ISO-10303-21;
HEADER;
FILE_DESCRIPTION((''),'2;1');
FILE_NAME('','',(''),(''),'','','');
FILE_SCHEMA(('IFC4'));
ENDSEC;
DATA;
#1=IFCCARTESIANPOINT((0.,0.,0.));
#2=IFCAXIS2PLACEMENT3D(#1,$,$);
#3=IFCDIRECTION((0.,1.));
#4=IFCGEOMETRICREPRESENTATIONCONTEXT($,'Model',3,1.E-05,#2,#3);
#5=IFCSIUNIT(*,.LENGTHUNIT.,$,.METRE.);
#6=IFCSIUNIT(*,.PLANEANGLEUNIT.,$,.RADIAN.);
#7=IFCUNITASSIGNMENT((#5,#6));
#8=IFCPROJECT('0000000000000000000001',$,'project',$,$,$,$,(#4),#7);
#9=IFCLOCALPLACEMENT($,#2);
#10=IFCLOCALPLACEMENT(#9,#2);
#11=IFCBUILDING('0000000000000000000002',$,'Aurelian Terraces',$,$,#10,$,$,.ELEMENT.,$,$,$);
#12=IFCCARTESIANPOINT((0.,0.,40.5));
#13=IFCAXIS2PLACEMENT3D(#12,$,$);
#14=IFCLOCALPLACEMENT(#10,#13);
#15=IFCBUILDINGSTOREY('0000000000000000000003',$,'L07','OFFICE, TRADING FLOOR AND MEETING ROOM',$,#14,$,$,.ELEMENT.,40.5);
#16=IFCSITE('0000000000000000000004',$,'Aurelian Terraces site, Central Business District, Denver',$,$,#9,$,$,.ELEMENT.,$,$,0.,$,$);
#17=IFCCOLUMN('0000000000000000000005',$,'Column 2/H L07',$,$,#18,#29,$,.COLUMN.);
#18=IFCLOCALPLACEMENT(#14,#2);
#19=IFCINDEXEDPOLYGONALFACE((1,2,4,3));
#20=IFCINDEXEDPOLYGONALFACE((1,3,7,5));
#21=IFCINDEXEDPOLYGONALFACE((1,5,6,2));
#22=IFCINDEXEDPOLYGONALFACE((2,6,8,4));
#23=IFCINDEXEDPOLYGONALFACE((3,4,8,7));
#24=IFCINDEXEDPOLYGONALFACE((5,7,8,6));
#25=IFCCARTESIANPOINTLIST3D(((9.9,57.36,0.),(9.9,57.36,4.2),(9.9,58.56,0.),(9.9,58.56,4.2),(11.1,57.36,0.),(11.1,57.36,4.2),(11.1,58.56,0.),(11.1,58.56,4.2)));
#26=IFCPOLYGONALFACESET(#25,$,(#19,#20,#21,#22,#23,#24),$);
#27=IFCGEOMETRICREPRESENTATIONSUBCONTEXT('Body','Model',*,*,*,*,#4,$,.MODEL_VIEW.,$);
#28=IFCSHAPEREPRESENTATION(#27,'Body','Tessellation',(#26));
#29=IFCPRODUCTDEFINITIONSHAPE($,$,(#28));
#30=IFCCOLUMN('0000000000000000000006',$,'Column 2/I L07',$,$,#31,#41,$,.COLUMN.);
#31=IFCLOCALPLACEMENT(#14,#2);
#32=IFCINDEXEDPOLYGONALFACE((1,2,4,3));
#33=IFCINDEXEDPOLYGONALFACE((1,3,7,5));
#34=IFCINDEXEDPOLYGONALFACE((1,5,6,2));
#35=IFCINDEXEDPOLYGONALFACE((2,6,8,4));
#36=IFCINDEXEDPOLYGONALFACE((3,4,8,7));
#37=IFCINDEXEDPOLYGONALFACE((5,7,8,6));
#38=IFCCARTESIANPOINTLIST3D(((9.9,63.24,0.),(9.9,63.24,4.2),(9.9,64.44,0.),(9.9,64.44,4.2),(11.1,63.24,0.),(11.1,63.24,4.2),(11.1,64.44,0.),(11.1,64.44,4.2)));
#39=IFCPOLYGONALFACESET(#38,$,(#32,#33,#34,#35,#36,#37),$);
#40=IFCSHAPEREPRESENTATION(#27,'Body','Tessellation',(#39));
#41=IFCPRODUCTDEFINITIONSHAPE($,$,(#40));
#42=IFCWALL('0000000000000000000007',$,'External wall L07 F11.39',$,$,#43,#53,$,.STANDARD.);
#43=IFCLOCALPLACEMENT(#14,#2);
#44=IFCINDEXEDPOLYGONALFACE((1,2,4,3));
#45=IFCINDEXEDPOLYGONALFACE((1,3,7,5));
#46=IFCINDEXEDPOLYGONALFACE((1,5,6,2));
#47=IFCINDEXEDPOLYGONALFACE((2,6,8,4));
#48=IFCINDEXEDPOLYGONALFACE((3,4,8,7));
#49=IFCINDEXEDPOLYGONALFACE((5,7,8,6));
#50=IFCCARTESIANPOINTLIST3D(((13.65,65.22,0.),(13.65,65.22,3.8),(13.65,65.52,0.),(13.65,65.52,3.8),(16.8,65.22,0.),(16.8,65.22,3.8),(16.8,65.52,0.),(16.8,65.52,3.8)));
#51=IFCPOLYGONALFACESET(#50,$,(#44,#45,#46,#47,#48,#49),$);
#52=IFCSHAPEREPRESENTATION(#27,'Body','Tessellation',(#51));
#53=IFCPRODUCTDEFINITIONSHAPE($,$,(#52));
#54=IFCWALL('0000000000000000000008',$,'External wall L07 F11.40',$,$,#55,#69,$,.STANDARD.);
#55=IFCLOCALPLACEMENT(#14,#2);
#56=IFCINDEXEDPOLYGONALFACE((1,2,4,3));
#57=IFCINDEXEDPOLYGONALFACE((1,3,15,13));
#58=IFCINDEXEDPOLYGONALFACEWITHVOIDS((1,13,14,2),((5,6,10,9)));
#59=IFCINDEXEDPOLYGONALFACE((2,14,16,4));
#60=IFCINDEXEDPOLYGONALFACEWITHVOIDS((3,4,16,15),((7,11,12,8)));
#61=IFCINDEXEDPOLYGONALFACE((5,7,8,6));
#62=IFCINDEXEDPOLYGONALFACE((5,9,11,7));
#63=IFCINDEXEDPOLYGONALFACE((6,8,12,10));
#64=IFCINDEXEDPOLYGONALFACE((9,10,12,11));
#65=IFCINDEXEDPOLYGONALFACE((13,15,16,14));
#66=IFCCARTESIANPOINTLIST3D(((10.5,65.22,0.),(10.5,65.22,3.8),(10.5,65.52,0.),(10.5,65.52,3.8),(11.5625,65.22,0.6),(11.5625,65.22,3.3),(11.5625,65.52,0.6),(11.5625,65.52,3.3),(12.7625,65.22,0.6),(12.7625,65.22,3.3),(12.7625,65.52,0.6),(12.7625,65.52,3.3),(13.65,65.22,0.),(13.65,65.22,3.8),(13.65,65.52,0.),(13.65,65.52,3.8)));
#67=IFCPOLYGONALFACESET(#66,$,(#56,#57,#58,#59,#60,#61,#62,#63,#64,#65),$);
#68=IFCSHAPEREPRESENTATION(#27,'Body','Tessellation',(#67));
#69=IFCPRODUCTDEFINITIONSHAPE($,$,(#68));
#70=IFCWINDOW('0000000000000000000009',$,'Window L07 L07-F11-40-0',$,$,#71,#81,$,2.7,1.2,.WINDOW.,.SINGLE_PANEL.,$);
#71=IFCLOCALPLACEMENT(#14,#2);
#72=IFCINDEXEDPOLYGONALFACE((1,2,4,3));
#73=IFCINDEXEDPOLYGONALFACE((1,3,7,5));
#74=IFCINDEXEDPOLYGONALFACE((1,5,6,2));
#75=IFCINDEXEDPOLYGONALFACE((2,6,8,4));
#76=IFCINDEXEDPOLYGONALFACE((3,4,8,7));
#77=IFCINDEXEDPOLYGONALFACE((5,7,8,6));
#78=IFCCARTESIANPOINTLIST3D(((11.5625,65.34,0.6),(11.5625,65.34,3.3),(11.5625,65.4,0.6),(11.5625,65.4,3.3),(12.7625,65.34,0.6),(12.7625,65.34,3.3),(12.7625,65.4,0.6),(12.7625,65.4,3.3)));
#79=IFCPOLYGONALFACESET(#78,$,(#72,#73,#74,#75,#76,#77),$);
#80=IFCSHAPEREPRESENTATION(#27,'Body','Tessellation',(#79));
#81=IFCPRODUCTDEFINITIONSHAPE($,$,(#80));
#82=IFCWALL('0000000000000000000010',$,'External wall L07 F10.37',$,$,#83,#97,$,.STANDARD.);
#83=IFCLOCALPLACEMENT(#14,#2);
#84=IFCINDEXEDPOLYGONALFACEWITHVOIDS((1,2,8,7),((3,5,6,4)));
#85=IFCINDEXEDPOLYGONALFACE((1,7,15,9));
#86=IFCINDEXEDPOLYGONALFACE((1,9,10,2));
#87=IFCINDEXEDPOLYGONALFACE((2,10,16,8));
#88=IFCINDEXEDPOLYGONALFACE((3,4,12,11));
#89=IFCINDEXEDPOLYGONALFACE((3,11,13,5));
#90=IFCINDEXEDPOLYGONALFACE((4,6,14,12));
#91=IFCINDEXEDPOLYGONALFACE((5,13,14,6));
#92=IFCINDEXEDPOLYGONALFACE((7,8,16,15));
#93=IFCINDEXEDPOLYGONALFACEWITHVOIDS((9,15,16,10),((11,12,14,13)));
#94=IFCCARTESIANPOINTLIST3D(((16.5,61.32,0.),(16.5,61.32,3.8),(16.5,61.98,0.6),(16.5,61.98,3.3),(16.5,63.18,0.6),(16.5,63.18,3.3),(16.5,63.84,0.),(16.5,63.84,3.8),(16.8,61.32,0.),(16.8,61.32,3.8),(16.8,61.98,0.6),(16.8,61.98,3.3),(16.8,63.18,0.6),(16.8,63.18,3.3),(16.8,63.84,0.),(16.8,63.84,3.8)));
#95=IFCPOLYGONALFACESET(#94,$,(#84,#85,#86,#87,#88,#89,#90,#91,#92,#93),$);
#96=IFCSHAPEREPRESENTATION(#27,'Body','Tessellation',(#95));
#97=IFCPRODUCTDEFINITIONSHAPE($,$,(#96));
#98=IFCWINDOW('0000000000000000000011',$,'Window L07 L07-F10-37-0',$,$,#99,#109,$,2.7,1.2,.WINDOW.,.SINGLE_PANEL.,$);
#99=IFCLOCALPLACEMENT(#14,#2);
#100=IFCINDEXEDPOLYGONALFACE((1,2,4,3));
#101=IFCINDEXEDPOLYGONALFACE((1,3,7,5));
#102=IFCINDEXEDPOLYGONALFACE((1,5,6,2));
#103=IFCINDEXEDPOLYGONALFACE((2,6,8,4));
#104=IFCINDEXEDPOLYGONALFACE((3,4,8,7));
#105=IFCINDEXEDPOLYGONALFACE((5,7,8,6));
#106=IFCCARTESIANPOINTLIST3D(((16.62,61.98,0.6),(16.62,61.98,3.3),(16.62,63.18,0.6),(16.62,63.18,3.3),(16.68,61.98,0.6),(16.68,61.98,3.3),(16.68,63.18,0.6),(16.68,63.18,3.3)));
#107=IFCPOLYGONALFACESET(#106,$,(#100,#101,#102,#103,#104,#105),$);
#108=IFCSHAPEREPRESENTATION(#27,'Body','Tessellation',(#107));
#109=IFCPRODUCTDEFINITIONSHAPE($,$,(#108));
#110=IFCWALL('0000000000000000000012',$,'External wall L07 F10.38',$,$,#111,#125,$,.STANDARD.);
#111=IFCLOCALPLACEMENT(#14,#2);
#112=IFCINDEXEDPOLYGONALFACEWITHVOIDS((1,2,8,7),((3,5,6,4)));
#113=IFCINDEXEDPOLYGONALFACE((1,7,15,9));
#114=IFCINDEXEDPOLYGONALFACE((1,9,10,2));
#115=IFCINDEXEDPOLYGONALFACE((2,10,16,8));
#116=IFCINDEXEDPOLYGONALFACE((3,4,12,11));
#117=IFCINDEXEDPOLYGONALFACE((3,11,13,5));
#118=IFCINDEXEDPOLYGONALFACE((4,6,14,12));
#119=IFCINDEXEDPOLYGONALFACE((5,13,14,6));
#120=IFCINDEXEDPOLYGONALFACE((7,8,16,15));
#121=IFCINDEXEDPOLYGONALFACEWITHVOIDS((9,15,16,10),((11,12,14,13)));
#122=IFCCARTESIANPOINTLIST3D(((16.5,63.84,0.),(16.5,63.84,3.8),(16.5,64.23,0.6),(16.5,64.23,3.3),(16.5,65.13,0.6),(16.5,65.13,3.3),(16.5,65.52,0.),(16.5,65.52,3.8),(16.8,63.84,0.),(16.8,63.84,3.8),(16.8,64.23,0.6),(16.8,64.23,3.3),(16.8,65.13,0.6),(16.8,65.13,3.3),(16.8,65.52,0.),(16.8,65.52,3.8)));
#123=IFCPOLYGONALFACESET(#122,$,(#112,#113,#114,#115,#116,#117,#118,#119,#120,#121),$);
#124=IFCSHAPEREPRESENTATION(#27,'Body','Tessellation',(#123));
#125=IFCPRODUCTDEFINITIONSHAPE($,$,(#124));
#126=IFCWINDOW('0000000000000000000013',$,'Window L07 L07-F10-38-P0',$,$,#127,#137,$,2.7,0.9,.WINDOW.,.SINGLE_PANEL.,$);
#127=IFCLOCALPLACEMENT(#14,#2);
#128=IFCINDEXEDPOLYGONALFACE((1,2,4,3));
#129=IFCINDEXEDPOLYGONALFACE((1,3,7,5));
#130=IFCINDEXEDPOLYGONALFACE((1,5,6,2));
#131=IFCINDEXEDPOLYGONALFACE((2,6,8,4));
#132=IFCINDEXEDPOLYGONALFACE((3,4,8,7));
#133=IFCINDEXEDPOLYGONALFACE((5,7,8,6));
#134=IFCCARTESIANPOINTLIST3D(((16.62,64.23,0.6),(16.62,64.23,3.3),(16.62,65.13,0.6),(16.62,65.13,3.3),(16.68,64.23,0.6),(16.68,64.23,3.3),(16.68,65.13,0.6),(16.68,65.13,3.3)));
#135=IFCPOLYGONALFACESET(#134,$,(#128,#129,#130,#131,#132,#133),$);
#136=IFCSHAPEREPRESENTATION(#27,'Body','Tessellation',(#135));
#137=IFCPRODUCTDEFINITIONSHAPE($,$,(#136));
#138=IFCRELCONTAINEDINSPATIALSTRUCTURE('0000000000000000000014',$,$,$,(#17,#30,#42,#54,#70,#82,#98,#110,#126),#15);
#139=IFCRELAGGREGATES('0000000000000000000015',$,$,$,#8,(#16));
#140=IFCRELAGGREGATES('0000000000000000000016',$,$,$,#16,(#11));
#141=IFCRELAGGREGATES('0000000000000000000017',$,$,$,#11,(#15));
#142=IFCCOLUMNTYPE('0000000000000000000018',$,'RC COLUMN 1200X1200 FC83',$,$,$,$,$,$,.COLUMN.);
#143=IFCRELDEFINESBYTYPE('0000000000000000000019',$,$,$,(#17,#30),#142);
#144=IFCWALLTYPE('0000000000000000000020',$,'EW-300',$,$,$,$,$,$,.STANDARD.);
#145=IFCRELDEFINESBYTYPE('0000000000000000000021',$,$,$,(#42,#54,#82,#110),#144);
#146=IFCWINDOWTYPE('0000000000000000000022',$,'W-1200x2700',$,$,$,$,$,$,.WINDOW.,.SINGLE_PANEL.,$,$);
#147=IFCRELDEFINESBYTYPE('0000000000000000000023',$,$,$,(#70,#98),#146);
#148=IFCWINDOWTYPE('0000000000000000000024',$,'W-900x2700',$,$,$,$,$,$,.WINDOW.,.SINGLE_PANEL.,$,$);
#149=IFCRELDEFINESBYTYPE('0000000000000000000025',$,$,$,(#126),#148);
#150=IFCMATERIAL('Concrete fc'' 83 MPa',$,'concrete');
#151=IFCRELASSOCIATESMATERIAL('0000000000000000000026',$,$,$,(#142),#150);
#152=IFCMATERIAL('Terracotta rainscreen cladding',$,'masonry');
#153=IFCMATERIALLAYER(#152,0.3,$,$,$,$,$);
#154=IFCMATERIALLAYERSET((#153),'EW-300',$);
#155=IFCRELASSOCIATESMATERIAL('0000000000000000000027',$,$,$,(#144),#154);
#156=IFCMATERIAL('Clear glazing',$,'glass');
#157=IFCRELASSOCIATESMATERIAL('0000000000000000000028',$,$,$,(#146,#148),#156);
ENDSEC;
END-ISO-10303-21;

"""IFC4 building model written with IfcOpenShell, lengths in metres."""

from ifc_helpers import new_model, si_unit, direction, frame, frame_2d, origin, origin_2d, place, context, subcontext, project, spatial, rectangle, extrude, source, transform, mapped, material, layer, layer_set, material_profile, profile_set, type_object, element, fill, save


model = new_model("IFC4")

# Units and contexts
model_context = context("Model", 3, precision=1e-05, world=origin(), true_north=direction((0.0, 1.0)))
body_context = subcontext(model_context, "Body", "Model", "MODEL_VIEW")
ifc_project = project(units=[si_unit("LENGTHUNIT", "METRE"), si_unit("PLANEANGLEUNIT", "RADIAN")], contexts=[model_context])

# Site, building, storey
site_placement = place(None, origin())
site = spatial("IfcSite", under=ifc_project, at=site_placement, Name="Aurelian Terraces site, Central Business District, Denver", CompositionType="ELEMENT", RefElevation=0.0)
building_placement = place(site_placement, origin())
building = spatial("IfcBuilding", under=site, at=building_placement, Name="Aurelian Terraces", CompositionType="ELEMENT")
storey_placement = place(building_placement, frame((0.0, 0.0, 40.5)))
storey = spatial("IfcBuildingStorey", under=building, at=storey_placement, Name="L07", Description="OFFICE, TRADING FLOOR AND MEETING ROOM", CompositionType="ELEMENT", Elevation=40.5)

# Columns
ifc_material_1 = material(Name="Concrete fc' 83 MPa", Category="concrete")
ifc_material_profile = material_profile(ifc_material_1, rectangle(XDim=1.2, YDim=1.2, at=origin_2d()))
ifc_profile_set = profile_set([ifc_material_profile], Name="Concrete fc' 83 MPa")
column_type = type_object("IfcColumnType", Name="RC COLUMN 1200X1200 FC83", PredefinedType="COLUMN", material=ifc_profile_set)
shared_shape_1 = source(origin(), body_context, "Body", "SweptSolid", [
    extrude(rectangle(XDim=1.2, YDim=1.2, at=origin_2d()), origin(), (0.0, 0.0, 1.0), 4.2),
])
for number, where, z_axis, x_axis, name in (
    (1, (10.5, 57.96, 0.0), (0.0, 0.0, 1.0), (1.0, 0.0, 0.0), "Column 2/H L07"),
    (2, (10.5, 63.84, 0.0), (0.0, 0.0, 1.0), (1.0, 0.0, 0.0), "Column 2/I L07"),
):
    element("IfcColumn", number, at=place(storey_placement, frame(where, z_axis=z_axis, x_axis=x_axis)), inside=storey, type_object=column_type, Name=name, PredefinedType="COLUMN", context=body_context, shape_type="MappedRepresentation", body=[
        mapped(shared_shape_1, transform((0.0, 0.0, 0.0), scale=1.0)),
    ])

# Wall
ifc_material_2 = material(Name="Terracotta rainscreen cladding", Category="masonry")
ifc_layer_1 = layer(ifc_material_2, 0.3)
ifc_layer_set_1 = layer_set([ifc_layer_1], Name="EW-300")
wall_type_1 = type_object("IfcWallType", Name="EW-300", PredefinedType="STANDARD", material=ifc_layer_set_1)
shared_shape_2 = source(origin(), body_context, "Body", "SweptSolid", [
    extrude(rectangle(XDim=3.15, YDim=0.3, at=frame_2d((1.575, 0.0))), origin(), (0.0, 0.0, 1.0), 3.8),
])
wall_1_placement = place(storey_placement, frame((16.8, 65.37, 0.0), z_axis=(0.0, 0.0, 1.0), x_axis=(-1.0, 0.0, 0.0)))
element("IfcWall", 3, at=wall_1_placement, inside=storey, type_object=wall_type_1, Name="External wall L07 F11.39", PredefinedType="STANDARD", context=body_context, shape_type="MappedRepresentation", body=[
    mapped(shared_shape_2, transform((0.0, 0.0, 0.0), scale=1.0)),
])

# Walls, openings, windows
wall_2_placement = place(storey_placement, frame((13.65, 65.37, 0.0), z_axis=(0.0, 0.0, 1.0), x_axis=(-1.0, 0.0, 0.0)))
wall_2 = element("IfcWall", 4, at=wall_2_placement, inside=storey, type_object=wall_type_1, Name="External wall L07 F11.40", PredefinedType="STANDARD", context=body_context, shape_type="MappedRepresentation", body=[
    mapped(shared_shape_2, transform((0.0, 0.0, 0.0), scale=1.0)),
])
shared_shape_3 = source(origin(), body_context, "Body", "SweptSolid", [
    extrude(rectangle(XDim=1.2, YDim=2.7, at=frame_2d((0.6, 1.35))), frame((0.0, 0.16, 0.0), z_axis=(0.0, -1.0, 0.0), x_axis=(1.0, 0.0, 0.0)), (0.0, 0.0, 1.0), 0.32),
])
opening_1_placement = place(wall_2_placement, frame((0.8875, 0.0, 0.6)))
opening_1 = element("IfcOpeningElement", 5, at=opening_1_placement, cuts=wall_2, PredefinedType="OPENING", context=body_context, shape_type="MappedRepresentation", body=[
    mapped(shared_shape_3, transform((0.0, 0.0, 0.0), scale=1.0)),
])
ifc_material_3 = material(Name="Clear glazing", Category="glass")
window_type_1 = type_object("IfcWindowType", Name="W-1200x2700", PartitioningType="SINGLE_PANEL", PredefinedType="WINDOW", material=ifc_material_3)
shared_shape_4 = source(origin(), body_context, "Body", "SweptSolid", [
    extrude(rectangle(XDim=1.2, YDim=2.7, at=frame_2d((0.6, 1.35))), frame((0.0, 0.03, 0.0), z_axis=(0.0, -1.0, 0.0), x_axis=(1.0, 0.0, 0.0)), (0.0, 0.0, 1.0), 0.06),
])
window_1_placement = place(opening_1_placement, origin())
window_1 = element("IfcWindow", 6, at=window_1_placement, inside=storey, type_object=window_type_1, Name="Window L07 L07-F11-40-0", OverallHeight=2.7, OverallWidth=1.2, PartitioningType="SINGLE_PANEL", PredefinedType="WINDOW", context=body_context, shape_type="MappedRepresentation", body=[
    mapped(shared_shape_4, transform((0.0, 0.0, 0.0), scale=1.0)),
])
fill(opening_1, window_1)
shared_shape_5 = source(origin(), body_context, "Body", "SweptSolid", [
    extrude(rectangle(XDim=2.52, YDim=0.3, at=frame_2d((1.26, 0.0))), origin(), (0.0, 0.0, 1.0), 3.8),
])
wall_3_placement = place(storey_placement, frame((16.65, 61.32, 0.0), z_axis=(0.0, 0.0, 1.0), x_axis=(0.0, 1.0, 0.0)))
wall_3 = element("IfcWall", 7, at=wall_3_placement, inside=storey, type_object=wall_type_1, Name="External wall L07 F10.37", PredefinedType="STANDARD", context=body_context, shape_type="MappedRepresentation", body=[
    mapped(shared_shape_5, transform((0.0, 0.0, 0.0), scale=1.0)),
])
opening_2_placement = place(wall_3_placement, frame((0.66, 0.0, 0.6)))
opening_2 = element("IfcOpeningElement", 8, at=opening_2_placement, cuts=wall_3, PredefinedType="OPENING", context=body_context, shape_type="MappedRepresentation", body=[
    mapped(shared_shape_3, transform((0.0, 0.0, 0.0), scale=1.0)),
])
window_2_placement = place(opening_2_placement, origin())
window_2 = element("IfcWindow", 9, at=window_2_placement, inside=storey, type_object=window_type_1, Name="Window L07 L07-F10-37-0", OverallHeight=2.7, OverallWidth=1.2, PartitioningType="SINGLE_PANEL", PredefinedType="WINDOW", context=body_context, shape_type="MappedRepresentation", body=[
    mapped(shared_shape_4, transform((0.0, 0.0, 0.0), scale=1.0)),
])
fill(opening_2, window_2)
shared_shape_6 = source(origin(), body_context, "Body", "SweptSolid", [
    extrude(rectangle(XDim=1.68, YDim=0.3, at=frame_2d((0.84, 0.0))), origin(), (0.0, 0.0, 1.0), 3.8),
])
wall_4_placement = place(storey_placement, frame((16.65, 63.84, 0.0), z_axis=(0.0, 0.0, 1.0), x_axis=(0.0, 1.0, 0.0)))
wall_4 = element("IfcWall", 10, at=wall_4_placement, inside=storey, type_object=wall_type_1, Name="External wall L07 F10.38", PredefinedType="STANDARD", context=body_context, shape_type="MappedRepresentation", body=[
    mapped(shared_shape_6, transform((0.0, 0.0, 0.0), scale=1.0)),
])
shared_shape_7 = source(origin(), body_context, "Body", "SweptSolid", [
    extrude(rectangle(XDim=0.9, YDim=2.7, at=frame_2d((0.45, 1.35))), frame((0.0, 0.16, 0.0), z_axis=(0.0, -1.0, 0.0), x_axis=(1.0, 0.0, 0.0)), (0.0, 0.0, 1.0), 0.32),
])
opening_3_placement = place(wall_4_placement, frame((0.39, 0.0, 0.6)))
opening_3 = element("IfcOpeningElement", 11, at=opening_3_placement, cuts=wall_4, PredefinedType="OPENING", context=body_context, shape_type="MappedRepresentation", body=[
    mapped(shared_shape_7, transform((0.0, 0.0, 0.0), scale=1.0)),
])
window_type_2 = type_object("IfcWindowType", Name="W-900x2700", PartitioningType="SINGLE_PANEL", PredefinedType="WINDOW", material=ifc_material_3)
shared_shape_8 = source(origin(), body_context, "Body", "SweptSolid", [
    extrude(rectangle(XDim=0.9, YDim=2.7, at=frame_2d((0.45, 1.35))), frame((0.0, 0.03, 0.0), z_axis=(0.0, -1.0, 0.0), x_axis=(1.0, 0.0, 0.0)), (0.0, 0.0, 1.0), 0.06),
])
window_3_placement = place(opening_3_placement, origin())
window_3 = element("IfcWindow", 12, at=window_3_placement, inside=storey, type_object=window_type_2, Name="Window L07 L07-F10-38-P0", OverallHeight=2.7, OverallWidth=0.9, PartitioningType="SINGLE_PANEL", PredefinedType="WINDOW", context=body_context, shape_type="MappedRepresentation", body=[
    mapped(shared_shape_8, transform((0.0, 0.0, 0.0), scale=1.0)),
])
fill(opening_3, window_3)

save(model, "model.ifc")
